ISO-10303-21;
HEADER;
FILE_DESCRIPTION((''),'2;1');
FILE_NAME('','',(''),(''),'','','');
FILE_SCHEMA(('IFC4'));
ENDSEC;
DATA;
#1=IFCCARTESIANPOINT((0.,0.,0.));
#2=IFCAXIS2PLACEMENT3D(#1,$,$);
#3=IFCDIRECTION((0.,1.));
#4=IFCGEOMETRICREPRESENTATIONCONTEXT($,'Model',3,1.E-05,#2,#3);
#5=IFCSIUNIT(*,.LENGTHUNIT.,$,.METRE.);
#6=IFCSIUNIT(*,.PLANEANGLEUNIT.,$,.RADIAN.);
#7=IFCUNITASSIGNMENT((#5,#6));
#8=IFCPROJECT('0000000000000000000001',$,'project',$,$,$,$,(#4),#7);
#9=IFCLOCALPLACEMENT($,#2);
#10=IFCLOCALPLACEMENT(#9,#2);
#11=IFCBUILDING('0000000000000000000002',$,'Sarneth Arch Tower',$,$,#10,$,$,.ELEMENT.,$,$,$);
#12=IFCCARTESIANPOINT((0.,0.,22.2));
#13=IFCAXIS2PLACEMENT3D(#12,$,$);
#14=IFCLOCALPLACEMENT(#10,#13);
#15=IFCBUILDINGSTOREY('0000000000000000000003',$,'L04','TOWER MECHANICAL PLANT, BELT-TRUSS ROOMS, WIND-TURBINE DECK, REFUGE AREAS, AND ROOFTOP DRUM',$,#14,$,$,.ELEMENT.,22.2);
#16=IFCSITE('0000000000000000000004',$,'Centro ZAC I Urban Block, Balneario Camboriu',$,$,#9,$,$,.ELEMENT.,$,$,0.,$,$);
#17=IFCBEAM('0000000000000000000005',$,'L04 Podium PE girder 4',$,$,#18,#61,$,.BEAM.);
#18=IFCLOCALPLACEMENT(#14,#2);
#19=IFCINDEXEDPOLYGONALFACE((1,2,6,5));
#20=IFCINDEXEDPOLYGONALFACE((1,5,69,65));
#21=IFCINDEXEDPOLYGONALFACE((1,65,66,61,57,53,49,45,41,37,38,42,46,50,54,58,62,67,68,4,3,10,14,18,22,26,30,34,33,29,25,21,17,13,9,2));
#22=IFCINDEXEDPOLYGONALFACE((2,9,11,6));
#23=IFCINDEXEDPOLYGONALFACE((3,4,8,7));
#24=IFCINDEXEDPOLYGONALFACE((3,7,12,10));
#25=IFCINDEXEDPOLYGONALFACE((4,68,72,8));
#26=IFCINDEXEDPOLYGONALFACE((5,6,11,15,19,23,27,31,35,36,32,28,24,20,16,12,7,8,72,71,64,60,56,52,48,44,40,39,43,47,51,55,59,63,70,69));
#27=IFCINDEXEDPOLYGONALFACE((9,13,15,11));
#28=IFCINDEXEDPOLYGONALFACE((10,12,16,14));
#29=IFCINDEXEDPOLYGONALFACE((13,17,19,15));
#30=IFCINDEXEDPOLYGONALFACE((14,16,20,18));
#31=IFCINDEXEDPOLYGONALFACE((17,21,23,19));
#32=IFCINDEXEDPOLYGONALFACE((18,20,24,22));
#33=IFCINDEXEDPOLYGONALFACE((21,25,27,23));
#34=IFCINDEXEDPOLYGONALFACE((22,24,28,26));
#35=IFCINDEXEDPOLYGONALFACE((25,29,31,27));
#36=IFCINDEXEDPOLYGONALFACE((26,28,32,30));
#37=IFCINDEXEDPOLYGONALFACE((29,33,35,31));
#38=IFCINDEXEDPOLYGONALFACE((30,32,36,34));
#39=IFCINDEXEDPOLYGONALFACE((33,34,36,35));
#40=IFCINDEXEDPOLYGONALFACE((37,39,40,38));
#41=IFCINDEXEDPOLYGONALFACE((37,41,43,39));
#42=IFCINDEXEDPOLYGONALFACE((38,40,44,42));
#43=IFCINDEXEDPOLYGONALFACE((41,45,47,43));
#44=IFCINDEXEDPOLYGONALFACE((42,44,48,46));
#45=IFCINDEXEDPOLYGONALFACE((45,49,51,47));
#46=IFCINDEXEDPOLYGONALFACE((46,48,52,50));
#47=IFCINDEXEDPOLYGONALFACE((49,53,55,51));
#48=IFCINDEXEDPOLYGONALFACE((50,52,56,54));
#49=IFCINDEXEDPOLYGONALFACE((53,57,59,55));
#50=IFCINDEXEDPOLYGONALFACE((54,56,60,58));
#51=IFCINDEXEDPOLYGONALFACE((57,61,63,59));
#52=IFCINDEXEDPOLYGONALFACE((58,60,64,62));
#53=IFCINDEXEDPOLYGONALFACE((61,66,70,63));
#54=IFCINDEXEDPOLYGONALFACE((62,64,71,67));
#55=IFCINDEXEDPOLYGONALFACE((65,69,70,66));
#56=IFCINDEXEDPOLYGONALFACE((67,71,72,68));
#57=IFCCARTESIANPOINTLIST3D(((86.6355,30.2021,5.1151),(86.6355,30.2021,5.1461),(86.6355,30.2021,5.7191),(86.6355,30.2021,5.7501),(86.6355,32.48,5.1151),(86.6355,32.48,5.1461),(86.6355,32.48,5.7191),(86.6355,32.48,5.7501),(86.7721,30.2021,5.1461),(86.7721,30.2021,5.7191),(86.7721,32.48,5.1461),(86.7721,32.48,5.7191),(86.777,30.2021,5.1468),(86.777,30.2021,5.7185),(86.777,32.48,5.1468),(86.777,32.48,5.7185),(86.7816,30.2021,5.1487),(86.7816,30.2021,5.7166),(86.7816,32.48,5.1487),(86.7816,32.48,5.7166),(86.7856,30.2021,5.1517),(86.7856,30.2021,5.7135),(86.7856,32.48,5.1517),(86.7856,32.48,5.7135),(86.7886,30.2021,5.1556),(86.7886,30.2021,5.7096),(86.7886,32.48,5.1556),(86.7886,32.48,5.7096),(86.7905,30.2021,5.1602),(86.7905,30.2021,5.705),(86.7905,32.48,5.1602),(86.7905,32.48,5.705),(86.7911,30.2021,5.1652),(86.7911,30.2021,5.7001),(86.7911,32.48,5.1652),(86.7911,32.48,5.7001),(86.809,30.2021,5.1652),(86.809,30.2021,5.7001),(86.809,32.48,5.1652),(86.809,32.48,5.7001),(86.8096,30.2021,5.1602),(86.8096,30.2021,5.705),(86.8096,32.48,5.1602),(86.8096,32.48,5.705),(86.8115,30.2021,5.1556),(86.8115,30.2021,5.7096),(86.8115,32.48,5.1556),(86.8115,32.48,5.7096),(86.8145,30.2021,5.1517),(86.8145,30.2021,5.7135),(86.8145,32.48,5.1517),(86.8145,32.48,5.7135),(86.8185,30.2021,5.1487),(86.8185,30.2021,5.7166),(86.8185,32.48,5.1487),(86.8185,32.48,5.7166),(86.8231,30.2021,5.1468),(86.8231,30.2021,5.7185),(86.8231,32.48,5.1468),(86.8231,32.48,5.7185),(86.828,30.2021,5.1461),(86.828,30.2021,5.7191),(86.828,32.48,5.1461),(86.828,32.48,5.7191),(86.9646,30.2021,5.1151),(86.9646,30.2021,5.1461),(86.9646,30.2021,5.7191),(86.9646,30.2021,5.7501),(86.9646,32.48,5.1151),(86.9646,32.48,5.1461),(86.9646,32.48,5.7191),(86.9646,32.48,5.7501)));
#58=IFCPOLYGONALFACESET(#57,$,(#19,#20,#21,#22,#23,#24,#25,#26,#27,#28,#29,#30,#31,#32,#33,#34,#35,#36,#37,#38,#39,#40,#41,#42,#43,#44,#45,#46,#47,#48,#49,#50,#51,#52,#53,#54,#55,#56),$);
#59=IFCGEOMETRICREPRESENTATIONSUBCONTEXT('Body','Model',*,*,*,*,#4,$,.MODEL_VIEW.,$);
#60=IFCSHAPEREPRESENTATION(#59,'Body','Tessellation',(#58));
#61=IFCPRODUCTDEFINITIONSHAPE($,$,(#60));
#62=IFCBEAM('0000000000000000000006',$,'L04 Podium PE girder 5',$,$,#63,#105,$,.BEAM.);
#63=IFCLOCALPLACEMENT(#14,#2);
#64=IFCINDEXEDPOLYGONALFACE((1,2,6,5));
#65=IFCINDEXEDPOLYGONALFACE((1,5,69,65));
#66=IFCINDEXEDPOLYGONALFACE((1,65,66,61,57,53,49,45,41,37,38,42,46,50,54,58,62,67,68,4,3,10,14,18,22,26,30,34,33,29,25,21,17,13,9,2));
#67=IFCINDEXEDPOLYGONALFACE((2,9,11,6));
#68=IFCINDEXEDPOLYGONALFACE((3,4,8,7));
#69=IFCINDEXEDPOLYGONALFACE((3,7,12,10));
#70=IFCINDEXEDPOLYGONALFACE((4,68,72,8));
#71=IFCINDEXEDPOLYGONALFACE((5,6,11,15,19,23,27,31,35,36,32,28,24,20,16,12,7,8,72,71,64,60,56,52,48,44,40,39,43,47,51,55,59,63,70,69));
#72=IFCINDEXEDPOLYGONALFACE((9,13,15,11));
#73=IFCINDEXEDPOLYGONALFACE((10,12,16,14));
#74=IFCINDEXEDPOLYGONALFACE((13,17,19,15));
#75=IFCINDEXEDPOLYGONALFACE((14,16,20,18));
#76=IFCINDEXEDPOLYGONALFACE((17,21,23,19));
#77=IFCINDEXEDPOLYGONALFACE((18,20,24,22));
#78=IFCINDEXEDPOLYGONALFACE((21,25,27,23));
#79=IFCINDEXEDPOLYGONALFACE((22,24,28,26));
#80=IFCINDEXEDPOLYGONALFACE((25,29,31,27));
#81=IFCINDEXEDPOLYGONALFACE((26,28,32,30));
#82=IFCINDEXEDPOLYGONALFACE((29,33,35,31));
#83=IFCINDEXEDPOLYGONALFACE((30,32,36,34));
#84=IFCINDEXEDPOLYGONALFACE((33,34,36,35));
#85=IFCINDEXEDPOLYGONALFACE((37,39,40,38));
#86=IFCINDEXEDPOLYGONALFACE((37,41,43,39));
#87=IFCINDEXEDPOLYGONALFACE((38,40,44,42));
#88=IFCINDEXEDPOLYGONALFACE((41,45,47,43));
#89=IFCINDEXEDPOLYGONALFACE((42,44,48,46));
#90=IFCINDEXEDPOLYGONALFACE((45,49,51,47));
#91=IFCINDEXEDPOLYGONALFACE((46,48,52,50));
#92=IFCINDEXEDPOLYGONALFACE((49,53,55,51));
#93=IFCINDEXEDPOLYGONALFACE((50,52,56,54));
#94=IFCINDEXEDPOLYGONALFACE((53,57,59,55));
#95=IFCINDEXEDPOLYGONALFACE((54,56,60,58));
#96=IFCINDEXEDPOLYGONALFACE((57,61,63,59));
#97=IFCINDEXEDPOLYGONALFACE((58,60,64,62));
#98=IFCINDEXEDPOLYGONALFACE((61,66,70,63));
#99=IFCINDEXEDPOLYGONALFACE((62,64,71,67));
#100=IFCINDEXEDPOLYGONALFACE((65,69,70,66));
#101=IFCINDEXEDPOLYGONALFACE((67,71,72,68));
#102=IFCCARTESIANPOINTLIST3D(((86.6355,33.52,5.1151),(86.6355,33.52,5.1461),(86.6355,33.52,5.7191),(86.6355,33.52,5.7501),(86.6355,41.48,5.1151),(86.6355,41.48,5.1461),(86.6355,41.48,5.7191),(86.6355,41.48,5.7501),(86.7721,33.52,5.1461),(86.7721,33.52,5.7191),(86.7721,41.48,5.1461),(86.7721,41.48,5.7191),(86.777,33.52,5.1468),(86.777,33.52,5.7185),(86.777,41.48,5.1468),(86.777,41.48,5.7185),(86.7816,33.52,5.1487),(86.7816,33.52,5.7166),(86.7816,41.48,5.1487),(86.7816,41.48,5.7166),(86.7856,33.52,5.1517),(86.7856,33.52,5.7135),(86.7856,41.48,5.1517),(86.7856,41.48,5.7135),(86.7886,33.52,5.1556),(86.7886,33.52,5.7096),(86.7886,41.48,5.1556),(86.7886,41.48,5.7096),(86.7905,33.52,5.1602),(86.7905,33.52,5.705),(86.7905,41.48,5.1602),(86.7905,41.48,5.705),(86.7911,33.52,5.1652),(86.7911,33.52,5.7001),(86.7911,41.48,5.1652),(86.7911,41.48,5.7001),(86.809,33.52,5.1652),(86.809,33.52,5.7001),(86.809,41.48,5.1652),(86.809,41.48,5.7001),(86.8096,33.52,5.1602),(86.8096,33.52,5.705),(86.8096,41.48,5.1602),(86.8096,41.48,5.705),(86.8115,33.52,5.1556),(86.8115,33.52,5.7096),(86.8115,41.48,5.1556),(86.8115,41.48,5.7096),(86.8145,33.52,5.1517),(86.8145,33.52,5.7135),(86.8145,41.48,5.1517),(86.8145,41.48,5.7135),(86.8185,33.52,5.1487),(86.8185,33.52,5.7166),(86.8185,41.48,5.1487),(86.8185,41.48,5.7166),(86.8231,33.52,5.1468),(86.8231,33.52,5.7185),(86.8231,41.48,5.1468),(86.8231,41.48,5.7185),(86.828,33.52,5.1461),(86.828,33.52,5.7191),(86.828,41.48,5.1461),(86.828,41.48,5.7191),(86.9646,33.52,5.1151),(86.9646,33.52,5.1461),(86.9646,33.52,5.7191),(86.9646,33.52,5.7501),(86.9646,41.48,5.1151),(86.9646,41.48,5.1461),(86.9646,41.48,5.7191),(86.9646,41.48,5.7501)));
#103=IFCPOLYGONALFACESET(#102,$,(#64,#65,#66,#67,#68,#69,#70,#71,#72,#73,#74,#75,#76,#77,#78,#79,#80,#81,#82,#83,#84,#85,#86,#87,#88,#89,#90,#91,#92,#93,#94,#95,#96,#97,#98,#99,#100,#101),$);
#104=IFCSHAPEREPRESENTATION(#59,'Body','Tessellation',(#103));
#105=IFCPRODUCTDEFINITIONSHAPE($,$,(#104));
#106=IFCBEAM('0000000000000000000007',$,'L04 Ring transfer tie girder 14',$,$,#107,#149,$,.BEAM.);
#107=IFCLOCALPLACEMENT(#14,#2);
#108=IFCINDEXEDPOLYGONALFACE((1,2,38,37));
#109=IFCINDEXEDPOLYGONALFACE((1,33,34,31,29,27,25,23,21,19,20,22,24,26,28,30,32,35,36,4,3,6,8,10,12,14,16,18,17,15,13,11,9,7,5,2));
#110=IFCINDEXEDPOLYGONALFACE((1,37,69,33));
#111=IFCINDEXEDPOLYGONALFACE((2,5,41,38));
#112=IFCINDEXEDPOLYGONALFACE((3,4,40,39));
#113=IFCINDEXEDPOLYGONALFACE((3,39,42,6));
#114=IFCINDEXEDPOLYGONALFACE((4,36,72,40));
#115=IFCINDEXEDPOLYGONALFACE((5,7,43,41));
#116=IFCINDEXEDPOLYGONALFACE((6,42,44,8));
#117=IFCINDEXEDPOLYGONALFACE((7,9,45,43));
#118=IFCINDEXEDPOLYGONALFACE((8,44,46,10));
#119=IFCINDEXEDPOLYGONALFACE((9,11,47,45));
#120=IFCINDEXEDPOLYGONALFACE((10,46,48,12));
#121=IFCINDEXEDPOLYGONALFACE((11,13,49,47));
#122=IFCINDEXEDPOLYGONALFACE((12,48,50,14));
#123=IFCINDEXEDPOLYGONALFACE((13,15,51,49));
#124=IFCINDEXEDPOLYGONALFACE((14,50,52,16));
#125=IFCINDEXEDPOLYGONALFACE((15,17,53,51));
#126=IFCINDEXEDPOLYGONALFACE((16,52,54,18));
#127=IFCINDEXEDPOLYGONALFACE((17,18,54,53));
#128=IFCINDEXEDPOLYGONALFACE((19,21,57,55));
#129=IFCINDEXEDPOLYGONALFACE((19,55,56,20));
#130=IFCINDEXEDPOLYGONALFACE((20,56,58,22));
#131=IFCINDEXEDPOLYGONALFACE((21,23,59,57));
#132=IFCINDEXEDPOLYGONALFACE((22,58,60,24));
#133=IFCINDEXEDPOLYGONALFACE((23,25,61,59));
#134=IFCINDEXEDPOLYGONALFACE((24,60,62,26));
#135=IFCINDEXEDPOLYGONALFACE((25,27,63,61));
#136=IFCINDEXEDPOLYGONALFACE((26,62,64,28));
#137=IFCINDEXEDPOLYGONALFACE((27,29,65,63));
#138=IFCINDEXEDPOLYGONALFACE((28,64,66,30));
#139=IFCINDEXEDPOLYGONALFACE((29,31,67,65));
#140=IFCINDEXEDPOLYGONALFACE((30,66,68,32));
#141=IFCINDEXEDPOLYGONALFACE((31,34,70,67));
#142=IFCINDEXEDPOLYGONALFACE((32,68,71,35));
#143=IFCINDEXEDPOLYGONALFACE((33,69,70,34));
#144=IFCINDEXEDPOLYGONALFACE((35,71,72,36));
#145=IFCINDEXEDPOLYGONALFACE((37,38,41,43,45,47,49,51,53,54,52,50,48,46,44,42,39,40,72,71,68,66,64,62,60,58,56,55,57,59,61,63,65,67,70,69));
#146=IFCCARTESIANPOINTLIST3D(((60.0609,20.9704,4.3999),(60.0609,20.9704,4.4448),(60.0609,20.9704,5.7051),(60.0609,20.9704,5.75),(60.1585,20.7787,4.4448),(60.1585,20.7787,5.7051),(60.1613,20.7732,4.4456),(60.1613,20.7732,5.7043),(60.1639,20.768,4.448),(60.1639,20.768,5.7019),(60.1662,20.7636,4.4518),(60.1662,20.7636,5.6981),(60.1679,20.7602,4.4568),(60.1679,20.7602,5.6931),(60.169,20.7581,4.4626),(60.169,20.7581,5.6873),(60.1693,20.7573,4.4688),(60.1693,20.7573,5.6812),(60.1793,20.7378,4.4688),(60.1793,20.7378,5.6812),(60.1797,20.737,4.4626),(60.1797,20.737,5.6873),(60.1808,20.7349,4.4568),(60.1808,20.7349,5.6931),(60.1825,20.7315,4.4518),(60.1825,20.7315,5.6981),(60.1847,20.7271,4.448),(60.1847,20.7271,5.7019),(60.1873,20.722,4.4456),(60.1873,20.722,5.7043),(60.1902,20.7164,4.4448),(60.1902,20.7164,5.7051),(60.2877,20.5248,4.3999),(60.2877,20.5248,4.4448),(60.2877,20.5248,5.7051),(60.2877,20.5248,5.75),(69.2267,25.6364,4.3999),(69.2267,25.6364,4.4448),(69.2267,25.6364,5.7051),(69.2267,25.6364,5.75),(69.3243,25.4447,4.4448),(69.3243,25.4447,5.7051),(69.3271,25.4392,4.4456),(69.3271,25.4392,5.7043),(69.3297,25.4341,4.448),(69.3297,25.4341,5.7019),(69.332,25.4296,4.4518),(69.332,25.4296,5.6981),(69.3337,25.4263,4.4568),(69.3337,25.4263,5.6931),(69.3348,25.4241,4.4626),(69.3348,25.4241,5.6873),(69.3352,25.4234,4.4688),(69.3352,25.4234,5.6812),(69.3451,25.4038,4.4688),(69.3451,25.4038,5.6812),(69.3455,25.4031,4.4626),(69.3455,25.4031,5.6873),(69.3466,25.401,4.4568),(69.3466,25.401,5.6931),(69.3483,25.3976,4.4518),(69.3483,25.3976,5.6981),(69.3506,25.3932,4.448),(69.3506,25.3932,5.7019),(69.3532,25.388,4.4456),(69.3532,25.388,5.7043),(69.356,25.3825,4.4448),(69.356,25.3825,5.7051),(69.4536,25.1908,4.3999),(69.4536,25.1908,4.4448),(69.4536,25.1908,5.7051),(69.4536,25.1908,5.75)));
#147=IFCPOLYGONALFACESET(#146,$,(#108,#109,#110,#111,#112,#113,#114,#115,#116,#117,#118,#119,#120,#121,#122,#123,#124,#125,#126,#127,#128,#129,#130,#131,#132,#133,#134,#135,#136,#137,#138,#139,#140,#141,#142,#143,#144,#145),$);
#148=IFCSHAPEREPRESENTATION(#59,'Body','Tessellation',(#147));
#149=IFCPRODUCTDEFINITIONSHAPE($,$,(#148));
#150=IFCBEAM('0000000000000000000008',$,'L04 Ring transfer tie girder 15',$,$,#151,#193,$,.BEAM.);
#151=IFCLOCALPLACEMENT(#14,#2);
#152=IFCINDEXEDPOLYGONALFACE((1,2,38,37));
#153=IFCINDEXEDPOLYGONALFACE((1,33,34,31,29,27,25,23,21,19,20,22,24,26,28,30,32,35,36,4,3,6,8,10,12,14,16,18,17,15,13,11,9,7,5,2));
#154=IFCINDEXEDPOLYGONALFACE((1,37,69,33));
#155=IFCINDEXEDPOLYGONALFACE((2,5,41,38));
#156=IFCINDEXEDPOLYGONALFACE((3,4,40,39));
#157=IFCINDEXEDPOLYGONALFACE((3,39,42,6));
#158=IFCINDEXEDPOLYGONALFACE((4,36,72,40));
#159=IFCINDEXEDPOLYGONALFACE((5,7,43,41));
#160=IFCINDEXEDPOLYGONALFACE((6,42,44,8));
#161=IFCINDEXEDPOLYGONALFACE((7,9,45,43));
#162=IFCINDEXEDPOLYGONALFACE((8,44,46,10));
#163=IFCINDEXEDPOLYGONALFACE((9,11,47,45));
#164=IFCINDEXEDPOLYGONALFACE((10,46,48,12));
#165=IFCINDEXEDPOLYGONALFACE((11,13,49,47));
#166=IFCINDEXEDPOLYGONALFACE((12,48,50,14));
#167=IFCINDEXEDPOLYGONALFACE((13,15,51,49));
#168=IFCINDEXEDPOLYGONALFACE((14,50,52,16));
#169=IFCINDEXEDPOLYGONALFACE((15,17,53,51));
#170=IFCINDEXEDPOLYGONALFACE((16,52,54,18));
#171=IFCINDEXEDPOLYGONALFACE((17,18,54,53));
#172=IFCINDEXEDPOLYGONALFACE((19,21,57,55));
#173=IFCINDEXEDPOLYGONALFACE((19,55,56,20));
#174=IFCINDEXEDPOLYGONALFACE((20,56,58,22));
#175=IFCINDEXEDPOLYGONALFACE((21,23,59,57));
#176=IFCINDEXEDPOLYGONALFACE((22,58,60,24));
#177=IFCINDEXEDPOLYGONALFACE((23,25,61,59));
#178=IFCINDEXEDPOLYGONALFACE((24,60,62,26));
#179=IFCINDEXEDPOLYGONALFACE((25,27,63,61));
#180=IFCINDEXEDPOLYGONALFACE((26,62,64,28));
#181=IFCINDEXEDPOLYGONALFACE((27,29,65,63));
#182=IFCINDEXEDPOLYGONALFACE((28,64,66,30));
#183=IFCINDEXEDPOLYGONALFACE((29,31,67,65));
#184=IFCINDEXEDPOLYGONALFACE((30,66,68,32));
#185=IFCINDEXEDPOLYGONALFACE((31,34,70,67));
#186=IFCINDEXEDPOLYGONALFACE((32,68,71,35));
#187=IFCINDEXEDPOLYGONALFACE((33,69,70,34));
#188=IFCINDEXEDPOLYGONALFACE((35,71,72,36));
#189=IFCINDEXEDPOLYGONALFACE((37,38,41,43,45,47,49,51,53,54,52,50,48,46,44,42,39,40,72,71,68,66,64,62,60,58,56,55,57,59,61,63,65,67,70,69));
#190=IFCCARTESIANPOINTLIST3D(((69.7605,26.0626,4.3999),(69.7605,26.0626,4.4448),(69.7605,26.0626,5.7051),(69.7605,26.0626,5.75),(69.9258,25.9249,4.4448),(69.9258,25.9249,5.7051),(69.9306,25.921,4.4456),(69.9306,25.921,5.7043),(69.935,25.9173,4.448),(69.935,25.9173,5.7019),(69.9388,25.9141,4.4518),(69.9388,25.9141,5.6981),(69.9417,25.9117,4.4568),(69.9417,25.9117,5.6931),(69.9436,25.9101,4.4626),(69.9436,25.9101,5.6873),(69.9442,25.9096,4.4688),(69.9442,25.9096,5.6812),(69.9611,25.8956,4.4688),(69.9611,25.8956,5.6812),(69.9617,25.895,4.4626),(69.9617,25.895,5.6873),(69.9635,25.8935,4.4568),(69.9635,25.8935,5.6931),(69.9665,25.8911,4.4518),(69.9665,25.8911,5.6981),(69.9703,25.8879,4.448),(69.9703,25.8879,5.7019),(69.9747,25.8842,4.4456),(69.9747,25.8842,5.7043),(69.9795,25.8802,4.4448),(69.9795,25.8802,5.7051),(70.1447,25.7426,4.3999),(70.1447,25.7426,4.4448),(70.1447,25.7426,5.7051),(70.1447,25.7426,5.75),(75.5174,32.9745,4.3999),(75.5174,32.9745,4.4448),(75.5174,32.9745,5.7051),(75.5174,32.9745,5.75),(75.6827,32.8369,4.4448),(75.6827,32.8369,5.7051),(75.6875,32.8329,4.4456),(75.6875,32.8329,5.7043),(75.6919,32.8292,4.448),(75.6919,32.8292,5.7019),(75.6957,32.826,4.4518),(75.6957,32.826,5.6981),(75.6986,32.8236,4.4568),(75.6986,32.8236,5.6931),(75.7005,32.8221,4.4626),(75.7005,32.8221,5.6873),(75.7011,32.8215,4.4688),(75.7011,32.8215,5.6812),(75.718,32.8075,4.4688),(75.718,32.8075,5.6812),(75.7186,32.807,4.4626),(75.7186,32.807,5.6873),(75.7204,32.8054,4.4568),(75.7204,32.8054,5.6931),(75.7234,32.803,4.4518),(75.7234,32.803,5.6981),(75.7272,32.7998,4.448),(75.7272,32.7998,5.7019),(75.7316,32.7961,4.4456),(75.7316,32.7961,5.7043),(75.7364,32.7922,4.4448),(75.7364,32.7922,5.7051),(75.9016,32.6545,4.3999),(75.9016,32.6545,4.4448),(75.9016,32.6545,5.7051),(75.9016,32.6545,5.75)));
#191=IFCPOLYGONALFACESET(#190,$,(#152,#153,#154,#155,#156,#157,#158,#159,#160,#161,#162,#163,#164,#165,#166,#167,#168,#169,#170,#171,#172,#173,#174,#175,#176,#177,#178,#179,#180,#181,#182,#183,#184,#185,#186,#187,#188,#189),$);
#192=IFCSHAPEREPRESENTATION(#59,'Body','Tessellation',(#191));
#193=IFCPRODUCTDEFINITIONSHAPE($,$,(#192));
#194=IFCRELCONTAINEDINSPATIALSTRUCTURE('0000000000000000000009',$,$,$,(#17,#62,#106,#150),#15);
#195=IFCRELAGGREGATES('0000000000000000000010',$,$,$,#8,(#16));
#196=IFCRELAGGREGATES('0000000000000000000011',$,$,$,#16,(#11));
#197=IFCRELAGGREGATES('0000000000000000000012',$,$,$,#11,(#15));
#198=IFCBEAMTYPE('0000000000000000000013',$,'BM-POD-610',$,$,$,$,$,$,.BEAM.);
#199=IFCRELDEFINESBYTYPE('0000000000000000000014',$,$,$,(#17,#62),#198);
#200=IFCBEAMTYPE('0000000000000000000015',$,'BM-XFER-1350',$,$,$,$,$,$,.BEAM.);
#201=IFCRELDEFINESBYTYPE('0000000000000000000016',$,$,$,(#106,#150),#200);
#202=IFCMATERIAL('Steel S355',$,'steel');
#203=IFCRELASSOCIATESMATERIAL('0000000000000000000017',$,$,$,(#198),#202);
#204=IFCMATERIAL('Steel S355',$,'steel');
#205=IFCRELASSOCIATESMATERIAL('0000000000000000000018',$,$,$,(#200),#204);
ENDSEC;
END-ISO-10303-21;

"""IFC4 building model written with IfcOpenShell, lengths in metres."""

from ifc_helpers import new_model, si_unit, direction, frame, origin, origin_2d, place, context, subcontext, project, spatial, i_section, extrude, material, material_profile, profile_set, type_object, element, save


model = new_model("IFC4")

# Units and contexts
model_context = context("Model", 3, precision=1e-05, world=origin(), true_north=direction((0.0, 1.0)))
body_context = subcontext(model_context, "Body", "Model", "MODEL_VIEW")
ifc_project = project(units=[si_unit("LENGTHUNIT", "METRE"), si_unit("PLANEANGLEUNIT", "RADIAN")], contexts=[model_context])

# Site, building, storey
site_placement = place(None, origin())
site = spatial("IfcSite", under=ifc_project, at=site_placement, Name="Centro ZAC I Urban Block, Balneario Camboriu", CompositionType="ELEMENT", RefElevation=0.0)
building_placement = place(site_placement, origin())
building = spatial("IfcBuilding", under=site, at=building_placement, Name="Sarneth Arch Tower", CompositionType="ELEMENT")
storey_placement = place(building_placement, frame((0.0, 0.0, 22.2)))
storey = spatial("IfcBuildingStorey", under=building, at=storey_placement, Name="L04", Description="TOWER MECHANICAL PLANT, BELT-TRUSS ROOMS, WIND-TURBINE DECK, REFUGE AREAS, AND ROOFTOP DRUM", CompositionType="ELEMENT", Elevation=22.2)

# Beams
ifc_material_1 = material(Name="Steel S355", Category="steel")
ifc_material_profile_1 = material_profile(ifc_material_1, i_section(OverallWidth=0.3291, OverallDepth=0.635, WebThickness=0.0178, FlangeThickness=0.031, FilletRadius=0.019, at=origin_2d()), Name="W610x241")
ifc_profile_set_1 = profile_set([ifc_material_profile_1], Name="Steel S355")
beam_type_1 = type_object("IfcBeamType", Name="BM-POD-610", PredefinedType="BEAM", material=ifc_profile_set_1)
beam_1_placement = place(storey_placement, frame((86.8, 30.2021, 5.4326), z_axis=(0.0, 1.0, 0.0), x_axis=(-1.0, 0.0, 0.0)))
element("IfcBeam", 1, at=beam_1_placement, inside=storey, type_object=beam_type_1, Name="L04 Podium PE girder 4", PredefinedType="BEAM", context=body_context, shape_type="SweptSolid", body=[
    extrude(i_section(OverallWidth=0.3291, OverallDepth=0.635, WebThickness=0.0178, FlangeThickness=0.031, FilletRadius=0.019, at=origin_2d()), origin(), (0.0, 0.0, 1.0), 2.2778),
])
beam_2_placement = place(storey_placement, frame((86.8, 33.52, 5.4326), z_axis=(0.0, 1.0, 0.0), x_axis=(-1.0, 0.0, 0.0)))
element("IfcBeam", 2, at=beam_2_placement, inside=storey, type_object=beam_type_1, Name="L04 Podium PE girder 5", PredefinedType="BEAM", context=body_context, shape_type="SweptSolid", body=[
    extrude(i_section(OverallWidth=0.3291, OverallDepth=0.635, WebThickness=0.0178, FlangeThickness=0.031, FilletRadius=0.019, at=origin_2d()), origin(), (0.0, 0.0, 1.0), 7.96),
])
ifc_material_2 = material(Name="Steel S355", Category="steel")
ifc_material_profile_2 = material_profile(ifc_material_2, i_section(OverallWidth=0.5, OverallDepth=1.3501, WebThickness=0.022, FlangeThickness=0.0449, FilletRadius=0.0239, at=origin_2d()), Name="CVS1350x595")
ifc_profile_set_2 = profile_set([ifc_material_profile_2], Name="Steel S355")
beam_type_2 = type_object("IfcBeamType", Name="BM-XFER-1350", PredefinedType="BEAM", material=ifc_profile_set_2)
beam_3_placement = place(storey_placement, frame((60.1743, 20.7476, 5.075), z_axis=(0.891171, 0.453668, 0.0), x_axis=(-0.453668, 0.891171, 0.0)))
element("IfcBeam", 3, at=beam_3_placement, inside=storey, type_object=beam_type_2, Name="L04 Ring transfer tie girder 14", PredefinedType="BEAM", context=body_context, shape_type="SweptSolid", body=[
    extrude(i_section(OverallWidth=0.5, OverallDepth=1.3501, WebThickness=0.022, FlangeThickness=0.0449, FilletRadius=0.0239, at=origin_2d()), origin(), (0.0, 0.0, 1.0), 10.2852),
])
beam_4_placement = place(storey_placement, frame((69.9526, 25.9026, 5.075), z_axis=(0.639984, 0.768388, 0.0), x_axis=(-0.768388, 0.639984, 0.0)))
element("IfcBeam", 4, at=beam_4_placement, inside=storey, type_object=beam_type_2, Name="L04 Ring transfer tie girder 15", PredefinedType="BEAM", context=body_context, shape_type="SweptSolid", body=[
    extrude(i_section(OverallWidth=0.5, OverallDepth=1.3501, WebThickness=0.022, FlangeThickness=0.0449, FilletRadius=0.0239, at=origin_2d()), origin(), (0.0, 0.0, 1.0), 8.9954),
])

save(model, "model.ifc")
